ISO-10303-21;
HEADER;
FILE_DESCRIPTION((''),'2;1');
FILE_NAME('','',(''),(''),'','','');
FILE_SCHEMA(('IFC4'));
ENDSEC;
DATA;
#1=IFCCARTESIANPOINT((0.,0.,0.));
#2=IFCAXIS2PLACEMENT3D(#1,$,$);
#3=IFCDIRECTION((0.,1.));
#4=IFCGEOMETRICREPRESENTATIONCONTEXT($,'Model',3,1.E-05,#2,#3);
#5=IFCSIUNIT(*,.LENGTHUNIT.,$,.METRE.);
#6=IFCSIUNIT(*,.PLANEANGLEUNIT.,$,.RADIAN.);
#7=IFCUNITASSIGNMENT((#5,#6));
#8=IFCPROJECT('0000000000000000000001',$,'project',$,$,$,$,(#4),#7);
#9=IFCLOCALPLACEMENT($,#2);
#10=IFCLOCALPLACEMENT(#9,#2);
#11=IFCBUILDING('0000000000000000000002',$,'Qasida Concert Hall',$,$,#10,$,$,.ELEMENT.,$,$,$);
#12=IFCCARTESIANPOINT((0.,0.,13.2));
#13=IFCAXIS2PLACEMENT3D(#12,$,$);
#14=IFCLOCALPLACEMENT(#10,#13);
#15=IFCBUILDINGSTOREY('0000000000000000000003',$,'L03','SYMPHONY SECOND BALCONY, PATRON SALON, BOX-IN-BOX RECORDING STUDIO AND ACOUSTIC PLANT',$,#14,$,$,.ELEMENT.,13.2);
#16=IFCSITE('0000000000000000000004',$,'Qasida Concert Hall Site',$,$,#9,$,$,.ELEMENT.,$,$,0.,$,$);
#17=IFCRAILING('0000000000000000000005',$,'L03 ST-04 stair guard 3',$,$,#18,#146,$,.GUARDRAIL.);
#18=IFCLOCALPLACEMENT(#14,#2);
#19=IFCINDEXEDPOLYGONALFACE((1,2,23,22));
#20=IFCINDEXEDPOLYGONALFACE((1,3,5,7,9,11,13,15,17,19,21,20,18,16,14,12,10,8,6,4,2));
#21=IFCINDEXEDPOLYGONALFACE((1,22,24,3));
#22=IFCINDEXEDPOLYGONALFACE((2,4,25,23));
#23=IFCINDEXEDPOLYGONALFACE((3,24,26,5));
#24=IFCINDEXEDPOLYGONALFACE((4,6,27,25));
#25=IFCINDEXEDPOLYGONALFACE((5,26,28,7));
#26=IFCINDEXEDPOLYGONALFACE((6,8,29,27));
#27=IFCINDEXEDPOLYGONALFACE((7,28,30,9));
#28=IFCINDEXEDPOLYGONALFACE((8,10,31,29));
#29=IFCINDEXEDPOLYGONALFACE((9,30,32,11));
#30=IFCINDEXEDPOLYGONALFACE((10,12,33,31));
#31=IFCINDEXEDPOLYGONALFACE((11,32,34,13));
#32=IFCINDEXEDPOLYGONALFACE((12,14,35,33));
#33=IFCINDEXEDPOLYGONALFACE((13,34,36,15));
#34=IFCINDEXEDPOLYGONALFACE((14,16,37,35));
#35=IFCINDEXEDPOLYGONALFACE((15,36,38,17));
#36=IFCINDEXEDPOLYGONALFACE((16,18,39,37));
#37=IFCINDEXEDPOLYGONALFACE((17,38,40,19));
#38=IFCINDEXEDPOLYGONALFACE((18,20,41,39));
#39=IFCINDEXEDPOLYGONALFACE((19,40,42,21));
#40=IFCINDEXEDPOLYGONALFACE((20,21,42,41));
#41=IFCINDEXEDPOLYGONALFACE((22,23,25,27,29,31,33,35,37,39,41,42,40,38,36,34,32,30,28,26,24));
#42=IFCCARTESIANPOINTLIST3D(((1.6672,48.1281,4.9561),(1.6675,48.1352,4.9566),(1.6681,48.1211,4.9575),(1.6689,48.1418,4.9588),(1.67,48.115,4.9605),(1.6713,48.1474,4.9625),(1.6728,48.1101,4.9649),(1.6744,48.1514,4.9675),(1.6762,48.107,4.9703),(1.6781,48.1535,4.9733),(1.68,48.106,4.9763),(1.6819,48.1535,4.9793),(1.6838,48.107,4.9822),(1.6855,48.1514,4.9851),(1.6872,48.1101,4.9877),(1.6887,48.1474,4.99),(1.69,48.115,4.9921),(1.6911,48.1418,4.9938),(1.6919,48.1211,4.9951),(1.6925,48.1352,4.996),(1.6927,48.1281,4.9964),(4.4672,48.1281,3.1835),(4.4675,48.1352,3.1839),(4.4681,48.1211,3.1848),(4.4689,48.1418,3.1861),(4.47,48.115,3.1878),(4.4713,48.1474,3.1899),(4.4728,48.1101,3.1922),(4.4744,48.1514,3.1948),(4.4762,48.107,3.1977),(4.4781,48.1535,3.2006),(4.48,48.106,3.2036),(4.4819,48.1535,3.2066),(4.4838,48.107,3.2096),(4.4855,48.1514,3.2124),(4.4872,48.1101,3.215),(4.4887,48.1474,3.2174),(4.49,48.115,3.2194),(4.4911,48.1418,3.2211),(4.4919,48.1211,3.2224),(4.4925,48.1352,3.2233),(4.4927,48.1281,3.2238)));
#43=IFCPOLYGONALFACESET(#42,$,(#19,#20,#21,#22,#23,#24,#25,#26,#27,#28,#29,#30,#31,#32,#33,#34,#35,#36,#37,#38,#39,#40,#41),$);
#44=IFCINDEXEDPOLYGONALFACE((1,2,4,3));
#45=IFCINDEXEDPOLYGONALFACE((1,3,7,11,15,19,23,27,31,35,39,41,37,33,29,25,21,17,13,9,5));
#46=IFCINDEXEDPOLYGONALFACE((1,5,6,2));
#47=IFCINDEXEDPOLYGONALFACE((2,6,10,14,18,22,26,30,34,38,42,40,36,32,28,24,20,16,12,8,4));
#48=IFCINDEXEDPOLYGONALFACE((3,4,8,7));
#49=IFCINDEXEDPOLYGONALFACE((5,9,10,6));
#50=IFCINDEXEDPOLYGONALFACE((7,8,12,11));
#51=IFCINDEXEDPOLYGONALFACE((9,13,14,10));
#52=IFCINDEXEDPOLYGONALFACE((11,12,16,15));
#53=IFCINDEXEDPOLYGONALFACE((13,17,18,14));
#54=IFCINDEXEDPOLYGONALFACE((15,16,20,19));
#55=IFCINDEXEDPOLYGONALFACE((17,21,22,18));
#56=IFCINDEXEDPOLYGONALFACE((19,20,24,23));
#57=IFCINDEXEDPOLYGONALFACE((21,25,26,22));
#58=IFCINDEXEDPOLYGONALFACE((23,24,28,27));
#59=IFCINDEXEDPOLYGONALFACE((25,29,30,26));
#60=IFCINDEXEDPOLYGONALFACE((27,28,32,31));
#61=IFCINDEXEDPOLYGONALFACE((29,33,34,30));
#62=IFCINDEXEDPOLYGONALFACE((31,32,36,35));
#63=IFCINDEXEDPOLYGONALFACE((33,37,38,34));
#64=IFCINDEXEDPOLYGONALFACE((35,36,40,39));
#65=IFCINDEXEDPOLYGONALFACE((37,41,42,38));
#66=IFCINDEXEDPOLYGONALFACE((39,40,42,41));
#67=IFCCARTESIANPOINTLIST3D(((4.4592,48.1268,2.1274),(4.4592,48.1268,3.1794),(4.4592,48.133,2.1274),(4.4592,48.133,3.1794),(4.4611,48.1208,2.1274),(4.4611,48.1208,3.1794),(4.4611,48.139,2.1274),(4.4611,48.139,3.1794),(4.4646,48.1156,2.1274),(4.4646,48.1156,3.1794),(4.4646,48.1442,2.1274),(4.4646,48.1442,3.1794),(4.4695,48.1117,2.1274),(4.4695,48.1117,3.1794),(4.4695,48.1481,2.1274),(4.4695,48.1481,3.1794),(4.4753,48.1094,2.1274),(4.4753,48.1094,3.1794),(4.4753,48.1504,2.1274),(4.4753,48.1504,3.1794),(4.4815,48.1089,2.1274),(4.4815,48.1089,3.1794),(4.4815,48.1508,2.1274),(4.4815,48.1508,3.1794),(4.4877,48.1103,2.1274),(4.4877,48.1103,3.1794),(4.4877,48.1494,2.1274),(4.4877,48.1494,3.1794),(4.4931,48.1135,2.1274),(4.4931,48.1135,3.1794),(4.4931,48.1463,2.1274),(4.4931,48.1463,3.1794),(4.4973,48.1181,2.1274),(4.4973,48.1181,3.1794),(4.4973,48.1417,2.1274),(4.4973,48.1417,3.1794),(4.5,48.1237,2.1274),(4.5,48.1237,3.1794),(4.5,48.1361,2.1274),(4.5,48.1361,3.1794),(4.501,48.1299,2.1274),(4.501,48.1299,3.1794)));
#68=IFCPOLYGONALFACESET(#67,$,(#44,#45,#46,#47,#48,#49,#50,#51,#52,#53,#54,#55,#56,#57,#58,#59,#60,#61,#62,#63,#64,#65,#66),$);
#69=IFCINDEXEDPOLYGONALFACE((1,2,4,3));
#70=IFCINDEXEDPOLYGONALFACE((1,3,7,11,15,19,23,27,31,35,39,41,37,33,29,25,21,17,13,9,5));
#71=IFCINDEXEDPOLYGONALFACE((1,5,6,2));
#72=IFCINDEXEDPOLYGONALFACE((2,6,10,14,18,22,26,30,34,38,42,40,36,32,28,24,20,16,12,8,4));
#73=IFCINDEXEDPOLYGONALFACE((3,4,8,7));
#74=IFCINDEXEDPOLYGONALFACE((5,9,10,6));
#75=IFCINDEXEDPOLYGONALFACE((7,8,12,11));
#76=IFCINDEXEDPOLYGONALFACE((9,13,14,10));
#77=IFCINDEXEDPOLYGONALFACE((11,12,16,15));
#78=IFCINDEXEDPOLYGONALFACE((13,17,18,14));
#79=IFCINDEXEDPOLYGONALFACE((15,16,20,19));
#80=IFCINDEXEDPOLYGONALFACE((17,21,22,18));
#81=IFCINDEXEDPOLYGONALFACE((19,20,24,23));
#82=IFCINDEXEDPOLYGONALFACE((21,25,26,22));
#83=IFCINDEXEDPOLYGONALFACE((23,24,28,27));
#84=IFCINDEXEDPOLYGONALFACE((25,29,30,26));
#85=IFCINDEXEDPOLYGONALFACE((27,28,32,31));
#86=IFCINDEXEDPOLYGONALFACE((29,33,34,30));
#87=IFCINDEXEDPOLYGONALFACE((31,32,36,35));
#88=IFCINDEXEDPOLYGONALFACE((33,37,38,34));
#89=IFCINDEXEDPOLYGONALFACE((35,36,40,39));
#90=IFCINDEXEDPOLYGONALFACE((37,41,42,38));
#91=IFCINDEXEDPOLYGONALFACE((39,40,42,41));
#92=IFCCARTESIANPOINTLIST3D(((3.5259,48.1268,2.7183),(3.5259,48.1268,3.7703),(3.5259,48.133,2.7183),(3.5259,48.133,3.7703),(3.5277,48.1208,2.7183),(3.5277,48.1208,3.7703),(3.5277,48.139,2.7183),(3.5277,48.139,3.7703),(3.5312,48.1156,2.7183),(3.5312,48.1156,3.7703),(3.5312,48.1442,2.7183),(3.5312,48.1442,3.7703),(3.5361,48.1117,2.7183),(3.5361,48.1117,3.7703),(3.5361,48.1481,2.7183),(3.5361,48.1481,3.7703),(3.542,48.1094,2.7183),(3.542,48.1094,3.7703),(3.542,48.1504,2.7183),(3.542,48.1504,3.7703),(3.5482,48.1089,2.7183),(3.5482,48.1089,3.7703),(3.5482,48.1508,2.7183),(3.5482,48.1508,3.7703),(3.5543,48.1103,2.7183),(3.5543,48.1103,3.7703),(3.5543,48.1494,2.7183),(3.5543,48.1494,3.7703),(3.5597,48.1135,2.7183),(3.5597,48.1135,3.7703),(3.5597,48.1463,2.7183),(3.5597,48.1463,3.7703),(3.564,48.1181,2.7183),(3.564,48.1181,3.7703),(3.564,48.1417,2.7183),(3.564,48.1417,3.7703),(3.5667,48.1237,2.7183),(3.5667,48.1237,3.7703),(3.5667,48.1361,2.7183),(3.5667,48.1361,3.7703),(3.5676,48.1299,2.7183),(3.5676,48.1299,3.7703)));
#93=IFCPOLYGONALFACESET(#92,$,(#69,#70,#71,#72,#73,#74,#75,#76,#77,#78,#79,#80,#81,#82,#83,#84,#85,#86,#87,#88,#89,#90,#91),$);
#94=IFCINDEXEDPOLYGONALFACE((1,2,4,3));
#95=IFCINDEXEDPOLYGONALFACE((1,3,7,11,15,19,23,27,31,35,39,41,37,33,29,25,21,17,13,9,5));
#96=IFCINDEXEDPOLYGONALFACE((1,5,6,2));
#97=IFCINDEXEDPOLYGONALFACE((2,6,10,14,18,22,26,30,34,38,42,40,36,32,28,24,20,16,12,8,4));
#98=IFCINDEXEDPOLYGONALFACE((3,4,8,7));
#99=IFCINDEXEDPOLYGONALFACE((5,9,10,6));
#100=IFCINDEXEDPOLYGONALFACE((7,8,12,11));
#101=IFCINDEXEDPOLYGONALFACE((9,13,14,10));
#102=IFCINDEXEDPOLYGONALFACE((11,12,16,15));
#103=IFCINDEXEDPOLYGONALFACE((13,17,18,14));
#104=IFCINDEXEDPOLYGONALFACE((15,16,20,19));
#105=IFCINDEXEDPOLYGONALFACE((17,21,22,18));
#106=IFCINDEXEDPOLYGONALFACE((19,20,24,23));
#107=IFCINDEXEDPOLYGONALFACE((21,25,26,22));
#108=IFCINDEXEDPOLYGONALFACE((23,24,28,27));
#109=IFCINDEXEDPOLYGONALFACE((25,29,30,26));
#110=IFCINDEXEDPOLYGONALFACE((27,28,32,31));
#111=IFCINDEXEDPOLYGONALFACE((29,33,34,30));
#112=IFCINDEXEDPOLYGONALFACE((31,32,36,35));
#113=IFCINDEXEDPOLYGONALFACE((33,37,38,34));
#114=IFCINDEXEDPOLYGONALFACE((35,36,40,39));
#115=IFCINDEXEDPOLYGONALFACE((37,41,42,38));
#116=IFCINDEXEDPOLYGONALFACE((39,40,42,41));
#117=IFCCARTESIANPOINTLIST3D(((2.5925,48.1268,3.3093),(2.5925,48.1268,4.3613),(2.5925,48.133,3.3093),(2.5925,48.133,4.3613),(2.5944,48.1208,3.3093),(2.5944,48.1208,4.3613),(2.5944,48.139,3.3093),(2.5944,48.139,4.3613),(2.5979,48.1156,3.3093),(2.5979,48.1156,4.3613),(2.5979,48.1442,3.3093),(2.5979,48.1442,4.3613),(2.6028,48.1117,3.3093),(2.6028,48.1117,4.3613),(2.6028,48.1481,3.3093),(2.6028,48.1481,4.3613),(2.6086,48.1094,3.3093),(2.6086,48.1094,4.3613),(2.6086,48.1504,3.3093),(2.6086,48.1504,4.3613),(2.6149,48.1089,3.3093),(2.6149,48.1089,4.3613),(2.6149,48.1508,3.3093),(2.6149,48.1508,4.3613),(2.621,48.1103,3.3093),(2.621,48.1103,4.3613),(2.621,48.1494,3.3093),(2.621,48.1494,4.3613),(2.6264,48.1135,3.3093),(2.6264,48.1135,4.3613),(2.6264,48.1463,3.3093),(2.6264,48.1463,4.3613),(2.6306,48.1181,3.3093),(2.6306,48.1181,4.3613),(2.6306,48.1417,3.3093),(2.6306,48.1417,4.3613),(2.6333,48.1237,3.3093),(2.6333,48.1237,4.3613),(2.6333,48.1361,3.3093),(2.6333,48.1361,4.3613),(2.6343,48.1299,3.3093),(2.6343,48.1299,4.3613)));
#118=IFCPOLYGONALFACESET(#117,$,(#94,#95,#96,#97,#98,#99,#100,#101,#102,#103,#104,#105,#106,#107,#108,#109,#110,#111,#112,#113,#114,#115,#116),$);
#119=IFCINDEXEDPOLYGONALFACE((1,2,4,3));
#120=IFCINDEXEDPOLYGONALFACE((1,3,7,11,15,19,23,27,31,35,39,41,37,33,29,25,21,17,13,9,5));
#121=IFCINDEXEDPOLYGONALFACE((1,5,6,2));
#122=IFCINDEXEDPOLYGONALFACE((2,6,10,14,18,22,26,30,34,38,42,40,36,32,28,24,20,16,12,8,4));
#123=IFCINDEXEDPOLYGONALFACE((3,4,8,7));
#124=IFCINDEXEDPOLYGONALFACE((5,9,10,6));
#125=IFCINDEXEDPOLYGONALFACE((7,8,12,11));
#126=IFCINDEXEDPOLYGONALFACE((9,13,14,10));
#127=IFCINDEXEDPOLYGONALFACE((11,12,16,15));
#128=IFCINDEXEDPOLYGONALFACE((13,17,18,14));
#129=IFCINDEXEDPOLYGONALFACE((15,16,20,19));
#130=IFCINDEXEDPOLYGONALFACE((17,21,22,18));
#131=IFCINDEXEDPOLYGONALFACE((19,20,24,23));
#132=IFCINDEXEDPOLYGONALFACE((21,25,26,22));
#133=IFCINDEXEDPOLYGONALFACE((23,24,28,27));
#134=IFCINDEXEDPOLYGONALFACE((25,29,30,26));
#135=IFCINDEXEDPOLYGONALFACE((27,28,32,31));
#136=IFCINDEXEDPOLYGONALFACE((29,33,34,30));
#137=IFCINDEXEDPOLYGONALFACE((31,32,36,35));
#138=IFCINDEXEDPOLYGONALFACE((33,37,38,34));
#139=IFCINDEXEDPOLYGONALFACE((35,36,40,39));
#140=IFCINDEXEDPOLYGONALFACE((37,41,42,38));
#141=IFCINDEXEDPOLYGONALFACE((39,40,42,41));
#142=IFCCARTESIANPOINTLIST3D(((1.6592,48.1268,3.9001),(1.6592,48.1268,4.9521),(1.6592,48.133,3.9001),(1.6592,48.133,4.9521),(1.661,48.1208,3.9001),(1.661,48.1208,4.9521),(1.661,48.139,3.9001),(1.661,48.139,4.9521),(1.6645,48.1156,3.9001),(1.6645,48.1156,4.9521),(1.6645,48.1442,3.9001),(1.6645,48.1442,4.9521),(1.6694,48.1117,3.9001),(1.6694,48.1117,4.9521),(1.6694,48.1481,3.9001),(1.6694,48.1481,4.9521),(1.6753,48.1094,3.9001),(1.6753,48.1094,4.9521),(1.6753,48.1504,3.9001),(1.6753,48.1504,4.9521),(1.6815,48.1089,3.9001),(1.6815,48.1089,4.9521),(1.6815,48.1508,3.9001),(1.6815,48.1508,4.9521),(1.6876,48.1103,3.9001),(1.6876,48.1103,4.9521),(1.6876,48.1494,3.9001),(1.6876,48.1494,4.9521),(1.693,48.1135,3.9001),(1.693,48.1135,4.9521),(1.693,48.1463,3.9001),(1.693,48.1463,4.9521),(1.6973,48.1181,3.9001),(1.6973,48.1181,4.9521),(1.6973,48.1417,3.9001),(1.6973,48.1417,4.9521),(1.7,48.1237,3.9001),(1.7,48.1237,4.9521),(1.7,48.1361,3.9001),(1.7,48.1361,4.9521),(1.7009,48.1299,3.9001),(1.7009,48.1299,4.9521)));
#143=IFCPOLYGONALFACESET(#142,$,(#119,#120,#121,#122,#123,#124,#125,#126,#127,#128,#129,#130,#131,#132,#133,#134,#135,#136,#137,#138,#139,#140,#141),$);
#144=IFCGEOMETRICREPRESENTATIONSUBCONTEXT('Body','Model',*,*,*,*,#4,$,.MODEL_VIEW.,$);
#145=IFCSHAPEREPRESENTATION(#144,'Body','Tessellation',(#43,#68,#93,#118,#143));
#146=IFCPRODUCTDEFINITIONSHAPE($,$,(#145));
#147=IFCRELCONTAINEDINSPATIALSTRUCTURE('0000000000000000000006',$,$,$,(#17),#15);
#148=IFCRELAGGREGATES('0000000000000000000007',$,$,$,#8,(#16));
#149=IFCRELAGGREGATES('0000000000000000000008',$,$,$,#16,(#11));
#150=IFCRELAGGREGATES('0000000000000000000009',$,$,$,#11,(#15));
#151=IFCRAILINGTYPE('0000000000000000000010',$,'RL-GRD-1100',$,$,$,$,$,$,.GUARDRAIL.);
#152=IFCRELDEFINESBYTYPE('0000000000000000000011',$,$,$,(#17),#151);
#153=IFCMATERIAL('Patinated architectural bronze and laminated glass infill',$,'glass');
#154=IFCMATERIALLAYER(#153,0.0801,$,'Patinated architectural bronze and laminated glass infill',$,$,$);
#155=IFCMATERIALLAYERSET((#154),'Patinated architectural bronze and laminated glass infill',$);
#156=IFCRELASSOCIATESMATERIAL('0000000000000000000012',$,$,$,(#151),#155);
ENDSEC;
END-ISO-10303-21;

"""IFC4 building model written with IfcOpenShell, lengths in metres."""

from ifc_helpers import new_model, si_unit, direction, frame, origin, origin_2d, place, context, subcontext, project, spatial, circle, extrude, material, layer, layer_set, type_object, element, save


model = new_model("IFC4")

# Units and contexts
model_context = context("Model", 3, precision=1e-05, world=origin(), true_north=direction((0.0, 1.0)))
body_context = subcontext(model_context, "Body", "Model", "MODEL_VIEW")
ifc_project = project(units=[si_unit("LENGTHUNIT", "METRE"), si_unit("PLANEANGLEUNIT", "RADIAN")], contexts=[model_context])

# Site, building, storey
site_placement = place(None, origin())
site = spatial("IfcSite", under=ifc_project, at=site_placement, Name="Qasida Concert Hall Site", CompositionType="ELEMENT", RefElevation=0.0)
building_placement = place(site_placement, origin())
building = spatial("IfcBuilding", under=site, at=building_placement, Name="Qasida Concert Hall", CompositionType="ELEMENT")
storey_placement = place(building_placement, frame((0.0, 0.0, 13.2)))
storey = spatial("IfcBuildingStorey", under=building, at=storey_placement, Name="L03", Description="SYMPHONY SECOND BALCONY, PATRON SALON, BOX-IN-BOX RECORDING STUDIO AND ACOUSTIC PLANT", CompositionType="ELEMENT", Elevation=13.2)

# Railing
ifc_material_1 = material(Name="Patinated architectural bronze and laminated glass infill", Category="glass")
ifc_layer_1 = layer(ifc_material_1, 0.0801, Name="Patinated architectural bronze and laminated glass infill")
ifc_layer_set_1 = layer_set([ifc_layer_1], Name="Patinated architectural bronze and laminated glass infill")
railing_type_1 = type_object("IfcRailingType", Name="RL-GRD-1100", PredefinedType="GUARDRAIL", material=ifc_layer_set_1)
railing_1_placement = place(storey_placement, frame((4.48, 48.1299, 2.1274)))
element("IfcRailing", 1, at=railing_1_placement, inside=storey, type_object=railing_type_1, Name="L03 ST-04 stair guard 3", PredefinedType="GUARDRAIL", context=body_context, shape_type="SweptSolid", body=[
    extrude(circle(Radius=0.0239, at=origin_2d()), frame((0.0, 0.0, 1.0762), z_axis=(-0.844909, 0.0, 0.53491), x_axis=(0.0, -1.0, 0.0)), (0.0, 0.0, 1.0), 3.314),
    extrude(circle(Radius=0.021, at=origin_2d()), origin(), (0.0, 0.0, 1.0), 1.052),
    extrude(circle(Radius=0.021, at=origin_2d()), frame((-0.9333, 0.0, 0.5908)), (0.0, 0.0, 1.0), 1.052),
    extrude(circle(Radius=0.021, at=origin_2d()), frame((-1.8667, 0.0, 1.1819)), (0.0, 0.0, 1.0), 1.052),
    extrude(circle(Radius=0.021, at=origin_2d()), frame((-2.8, 0.0, 1.7727)), (0.0, 0.0, 1.0), 1.052),
])

save(model, "model.ifc")
